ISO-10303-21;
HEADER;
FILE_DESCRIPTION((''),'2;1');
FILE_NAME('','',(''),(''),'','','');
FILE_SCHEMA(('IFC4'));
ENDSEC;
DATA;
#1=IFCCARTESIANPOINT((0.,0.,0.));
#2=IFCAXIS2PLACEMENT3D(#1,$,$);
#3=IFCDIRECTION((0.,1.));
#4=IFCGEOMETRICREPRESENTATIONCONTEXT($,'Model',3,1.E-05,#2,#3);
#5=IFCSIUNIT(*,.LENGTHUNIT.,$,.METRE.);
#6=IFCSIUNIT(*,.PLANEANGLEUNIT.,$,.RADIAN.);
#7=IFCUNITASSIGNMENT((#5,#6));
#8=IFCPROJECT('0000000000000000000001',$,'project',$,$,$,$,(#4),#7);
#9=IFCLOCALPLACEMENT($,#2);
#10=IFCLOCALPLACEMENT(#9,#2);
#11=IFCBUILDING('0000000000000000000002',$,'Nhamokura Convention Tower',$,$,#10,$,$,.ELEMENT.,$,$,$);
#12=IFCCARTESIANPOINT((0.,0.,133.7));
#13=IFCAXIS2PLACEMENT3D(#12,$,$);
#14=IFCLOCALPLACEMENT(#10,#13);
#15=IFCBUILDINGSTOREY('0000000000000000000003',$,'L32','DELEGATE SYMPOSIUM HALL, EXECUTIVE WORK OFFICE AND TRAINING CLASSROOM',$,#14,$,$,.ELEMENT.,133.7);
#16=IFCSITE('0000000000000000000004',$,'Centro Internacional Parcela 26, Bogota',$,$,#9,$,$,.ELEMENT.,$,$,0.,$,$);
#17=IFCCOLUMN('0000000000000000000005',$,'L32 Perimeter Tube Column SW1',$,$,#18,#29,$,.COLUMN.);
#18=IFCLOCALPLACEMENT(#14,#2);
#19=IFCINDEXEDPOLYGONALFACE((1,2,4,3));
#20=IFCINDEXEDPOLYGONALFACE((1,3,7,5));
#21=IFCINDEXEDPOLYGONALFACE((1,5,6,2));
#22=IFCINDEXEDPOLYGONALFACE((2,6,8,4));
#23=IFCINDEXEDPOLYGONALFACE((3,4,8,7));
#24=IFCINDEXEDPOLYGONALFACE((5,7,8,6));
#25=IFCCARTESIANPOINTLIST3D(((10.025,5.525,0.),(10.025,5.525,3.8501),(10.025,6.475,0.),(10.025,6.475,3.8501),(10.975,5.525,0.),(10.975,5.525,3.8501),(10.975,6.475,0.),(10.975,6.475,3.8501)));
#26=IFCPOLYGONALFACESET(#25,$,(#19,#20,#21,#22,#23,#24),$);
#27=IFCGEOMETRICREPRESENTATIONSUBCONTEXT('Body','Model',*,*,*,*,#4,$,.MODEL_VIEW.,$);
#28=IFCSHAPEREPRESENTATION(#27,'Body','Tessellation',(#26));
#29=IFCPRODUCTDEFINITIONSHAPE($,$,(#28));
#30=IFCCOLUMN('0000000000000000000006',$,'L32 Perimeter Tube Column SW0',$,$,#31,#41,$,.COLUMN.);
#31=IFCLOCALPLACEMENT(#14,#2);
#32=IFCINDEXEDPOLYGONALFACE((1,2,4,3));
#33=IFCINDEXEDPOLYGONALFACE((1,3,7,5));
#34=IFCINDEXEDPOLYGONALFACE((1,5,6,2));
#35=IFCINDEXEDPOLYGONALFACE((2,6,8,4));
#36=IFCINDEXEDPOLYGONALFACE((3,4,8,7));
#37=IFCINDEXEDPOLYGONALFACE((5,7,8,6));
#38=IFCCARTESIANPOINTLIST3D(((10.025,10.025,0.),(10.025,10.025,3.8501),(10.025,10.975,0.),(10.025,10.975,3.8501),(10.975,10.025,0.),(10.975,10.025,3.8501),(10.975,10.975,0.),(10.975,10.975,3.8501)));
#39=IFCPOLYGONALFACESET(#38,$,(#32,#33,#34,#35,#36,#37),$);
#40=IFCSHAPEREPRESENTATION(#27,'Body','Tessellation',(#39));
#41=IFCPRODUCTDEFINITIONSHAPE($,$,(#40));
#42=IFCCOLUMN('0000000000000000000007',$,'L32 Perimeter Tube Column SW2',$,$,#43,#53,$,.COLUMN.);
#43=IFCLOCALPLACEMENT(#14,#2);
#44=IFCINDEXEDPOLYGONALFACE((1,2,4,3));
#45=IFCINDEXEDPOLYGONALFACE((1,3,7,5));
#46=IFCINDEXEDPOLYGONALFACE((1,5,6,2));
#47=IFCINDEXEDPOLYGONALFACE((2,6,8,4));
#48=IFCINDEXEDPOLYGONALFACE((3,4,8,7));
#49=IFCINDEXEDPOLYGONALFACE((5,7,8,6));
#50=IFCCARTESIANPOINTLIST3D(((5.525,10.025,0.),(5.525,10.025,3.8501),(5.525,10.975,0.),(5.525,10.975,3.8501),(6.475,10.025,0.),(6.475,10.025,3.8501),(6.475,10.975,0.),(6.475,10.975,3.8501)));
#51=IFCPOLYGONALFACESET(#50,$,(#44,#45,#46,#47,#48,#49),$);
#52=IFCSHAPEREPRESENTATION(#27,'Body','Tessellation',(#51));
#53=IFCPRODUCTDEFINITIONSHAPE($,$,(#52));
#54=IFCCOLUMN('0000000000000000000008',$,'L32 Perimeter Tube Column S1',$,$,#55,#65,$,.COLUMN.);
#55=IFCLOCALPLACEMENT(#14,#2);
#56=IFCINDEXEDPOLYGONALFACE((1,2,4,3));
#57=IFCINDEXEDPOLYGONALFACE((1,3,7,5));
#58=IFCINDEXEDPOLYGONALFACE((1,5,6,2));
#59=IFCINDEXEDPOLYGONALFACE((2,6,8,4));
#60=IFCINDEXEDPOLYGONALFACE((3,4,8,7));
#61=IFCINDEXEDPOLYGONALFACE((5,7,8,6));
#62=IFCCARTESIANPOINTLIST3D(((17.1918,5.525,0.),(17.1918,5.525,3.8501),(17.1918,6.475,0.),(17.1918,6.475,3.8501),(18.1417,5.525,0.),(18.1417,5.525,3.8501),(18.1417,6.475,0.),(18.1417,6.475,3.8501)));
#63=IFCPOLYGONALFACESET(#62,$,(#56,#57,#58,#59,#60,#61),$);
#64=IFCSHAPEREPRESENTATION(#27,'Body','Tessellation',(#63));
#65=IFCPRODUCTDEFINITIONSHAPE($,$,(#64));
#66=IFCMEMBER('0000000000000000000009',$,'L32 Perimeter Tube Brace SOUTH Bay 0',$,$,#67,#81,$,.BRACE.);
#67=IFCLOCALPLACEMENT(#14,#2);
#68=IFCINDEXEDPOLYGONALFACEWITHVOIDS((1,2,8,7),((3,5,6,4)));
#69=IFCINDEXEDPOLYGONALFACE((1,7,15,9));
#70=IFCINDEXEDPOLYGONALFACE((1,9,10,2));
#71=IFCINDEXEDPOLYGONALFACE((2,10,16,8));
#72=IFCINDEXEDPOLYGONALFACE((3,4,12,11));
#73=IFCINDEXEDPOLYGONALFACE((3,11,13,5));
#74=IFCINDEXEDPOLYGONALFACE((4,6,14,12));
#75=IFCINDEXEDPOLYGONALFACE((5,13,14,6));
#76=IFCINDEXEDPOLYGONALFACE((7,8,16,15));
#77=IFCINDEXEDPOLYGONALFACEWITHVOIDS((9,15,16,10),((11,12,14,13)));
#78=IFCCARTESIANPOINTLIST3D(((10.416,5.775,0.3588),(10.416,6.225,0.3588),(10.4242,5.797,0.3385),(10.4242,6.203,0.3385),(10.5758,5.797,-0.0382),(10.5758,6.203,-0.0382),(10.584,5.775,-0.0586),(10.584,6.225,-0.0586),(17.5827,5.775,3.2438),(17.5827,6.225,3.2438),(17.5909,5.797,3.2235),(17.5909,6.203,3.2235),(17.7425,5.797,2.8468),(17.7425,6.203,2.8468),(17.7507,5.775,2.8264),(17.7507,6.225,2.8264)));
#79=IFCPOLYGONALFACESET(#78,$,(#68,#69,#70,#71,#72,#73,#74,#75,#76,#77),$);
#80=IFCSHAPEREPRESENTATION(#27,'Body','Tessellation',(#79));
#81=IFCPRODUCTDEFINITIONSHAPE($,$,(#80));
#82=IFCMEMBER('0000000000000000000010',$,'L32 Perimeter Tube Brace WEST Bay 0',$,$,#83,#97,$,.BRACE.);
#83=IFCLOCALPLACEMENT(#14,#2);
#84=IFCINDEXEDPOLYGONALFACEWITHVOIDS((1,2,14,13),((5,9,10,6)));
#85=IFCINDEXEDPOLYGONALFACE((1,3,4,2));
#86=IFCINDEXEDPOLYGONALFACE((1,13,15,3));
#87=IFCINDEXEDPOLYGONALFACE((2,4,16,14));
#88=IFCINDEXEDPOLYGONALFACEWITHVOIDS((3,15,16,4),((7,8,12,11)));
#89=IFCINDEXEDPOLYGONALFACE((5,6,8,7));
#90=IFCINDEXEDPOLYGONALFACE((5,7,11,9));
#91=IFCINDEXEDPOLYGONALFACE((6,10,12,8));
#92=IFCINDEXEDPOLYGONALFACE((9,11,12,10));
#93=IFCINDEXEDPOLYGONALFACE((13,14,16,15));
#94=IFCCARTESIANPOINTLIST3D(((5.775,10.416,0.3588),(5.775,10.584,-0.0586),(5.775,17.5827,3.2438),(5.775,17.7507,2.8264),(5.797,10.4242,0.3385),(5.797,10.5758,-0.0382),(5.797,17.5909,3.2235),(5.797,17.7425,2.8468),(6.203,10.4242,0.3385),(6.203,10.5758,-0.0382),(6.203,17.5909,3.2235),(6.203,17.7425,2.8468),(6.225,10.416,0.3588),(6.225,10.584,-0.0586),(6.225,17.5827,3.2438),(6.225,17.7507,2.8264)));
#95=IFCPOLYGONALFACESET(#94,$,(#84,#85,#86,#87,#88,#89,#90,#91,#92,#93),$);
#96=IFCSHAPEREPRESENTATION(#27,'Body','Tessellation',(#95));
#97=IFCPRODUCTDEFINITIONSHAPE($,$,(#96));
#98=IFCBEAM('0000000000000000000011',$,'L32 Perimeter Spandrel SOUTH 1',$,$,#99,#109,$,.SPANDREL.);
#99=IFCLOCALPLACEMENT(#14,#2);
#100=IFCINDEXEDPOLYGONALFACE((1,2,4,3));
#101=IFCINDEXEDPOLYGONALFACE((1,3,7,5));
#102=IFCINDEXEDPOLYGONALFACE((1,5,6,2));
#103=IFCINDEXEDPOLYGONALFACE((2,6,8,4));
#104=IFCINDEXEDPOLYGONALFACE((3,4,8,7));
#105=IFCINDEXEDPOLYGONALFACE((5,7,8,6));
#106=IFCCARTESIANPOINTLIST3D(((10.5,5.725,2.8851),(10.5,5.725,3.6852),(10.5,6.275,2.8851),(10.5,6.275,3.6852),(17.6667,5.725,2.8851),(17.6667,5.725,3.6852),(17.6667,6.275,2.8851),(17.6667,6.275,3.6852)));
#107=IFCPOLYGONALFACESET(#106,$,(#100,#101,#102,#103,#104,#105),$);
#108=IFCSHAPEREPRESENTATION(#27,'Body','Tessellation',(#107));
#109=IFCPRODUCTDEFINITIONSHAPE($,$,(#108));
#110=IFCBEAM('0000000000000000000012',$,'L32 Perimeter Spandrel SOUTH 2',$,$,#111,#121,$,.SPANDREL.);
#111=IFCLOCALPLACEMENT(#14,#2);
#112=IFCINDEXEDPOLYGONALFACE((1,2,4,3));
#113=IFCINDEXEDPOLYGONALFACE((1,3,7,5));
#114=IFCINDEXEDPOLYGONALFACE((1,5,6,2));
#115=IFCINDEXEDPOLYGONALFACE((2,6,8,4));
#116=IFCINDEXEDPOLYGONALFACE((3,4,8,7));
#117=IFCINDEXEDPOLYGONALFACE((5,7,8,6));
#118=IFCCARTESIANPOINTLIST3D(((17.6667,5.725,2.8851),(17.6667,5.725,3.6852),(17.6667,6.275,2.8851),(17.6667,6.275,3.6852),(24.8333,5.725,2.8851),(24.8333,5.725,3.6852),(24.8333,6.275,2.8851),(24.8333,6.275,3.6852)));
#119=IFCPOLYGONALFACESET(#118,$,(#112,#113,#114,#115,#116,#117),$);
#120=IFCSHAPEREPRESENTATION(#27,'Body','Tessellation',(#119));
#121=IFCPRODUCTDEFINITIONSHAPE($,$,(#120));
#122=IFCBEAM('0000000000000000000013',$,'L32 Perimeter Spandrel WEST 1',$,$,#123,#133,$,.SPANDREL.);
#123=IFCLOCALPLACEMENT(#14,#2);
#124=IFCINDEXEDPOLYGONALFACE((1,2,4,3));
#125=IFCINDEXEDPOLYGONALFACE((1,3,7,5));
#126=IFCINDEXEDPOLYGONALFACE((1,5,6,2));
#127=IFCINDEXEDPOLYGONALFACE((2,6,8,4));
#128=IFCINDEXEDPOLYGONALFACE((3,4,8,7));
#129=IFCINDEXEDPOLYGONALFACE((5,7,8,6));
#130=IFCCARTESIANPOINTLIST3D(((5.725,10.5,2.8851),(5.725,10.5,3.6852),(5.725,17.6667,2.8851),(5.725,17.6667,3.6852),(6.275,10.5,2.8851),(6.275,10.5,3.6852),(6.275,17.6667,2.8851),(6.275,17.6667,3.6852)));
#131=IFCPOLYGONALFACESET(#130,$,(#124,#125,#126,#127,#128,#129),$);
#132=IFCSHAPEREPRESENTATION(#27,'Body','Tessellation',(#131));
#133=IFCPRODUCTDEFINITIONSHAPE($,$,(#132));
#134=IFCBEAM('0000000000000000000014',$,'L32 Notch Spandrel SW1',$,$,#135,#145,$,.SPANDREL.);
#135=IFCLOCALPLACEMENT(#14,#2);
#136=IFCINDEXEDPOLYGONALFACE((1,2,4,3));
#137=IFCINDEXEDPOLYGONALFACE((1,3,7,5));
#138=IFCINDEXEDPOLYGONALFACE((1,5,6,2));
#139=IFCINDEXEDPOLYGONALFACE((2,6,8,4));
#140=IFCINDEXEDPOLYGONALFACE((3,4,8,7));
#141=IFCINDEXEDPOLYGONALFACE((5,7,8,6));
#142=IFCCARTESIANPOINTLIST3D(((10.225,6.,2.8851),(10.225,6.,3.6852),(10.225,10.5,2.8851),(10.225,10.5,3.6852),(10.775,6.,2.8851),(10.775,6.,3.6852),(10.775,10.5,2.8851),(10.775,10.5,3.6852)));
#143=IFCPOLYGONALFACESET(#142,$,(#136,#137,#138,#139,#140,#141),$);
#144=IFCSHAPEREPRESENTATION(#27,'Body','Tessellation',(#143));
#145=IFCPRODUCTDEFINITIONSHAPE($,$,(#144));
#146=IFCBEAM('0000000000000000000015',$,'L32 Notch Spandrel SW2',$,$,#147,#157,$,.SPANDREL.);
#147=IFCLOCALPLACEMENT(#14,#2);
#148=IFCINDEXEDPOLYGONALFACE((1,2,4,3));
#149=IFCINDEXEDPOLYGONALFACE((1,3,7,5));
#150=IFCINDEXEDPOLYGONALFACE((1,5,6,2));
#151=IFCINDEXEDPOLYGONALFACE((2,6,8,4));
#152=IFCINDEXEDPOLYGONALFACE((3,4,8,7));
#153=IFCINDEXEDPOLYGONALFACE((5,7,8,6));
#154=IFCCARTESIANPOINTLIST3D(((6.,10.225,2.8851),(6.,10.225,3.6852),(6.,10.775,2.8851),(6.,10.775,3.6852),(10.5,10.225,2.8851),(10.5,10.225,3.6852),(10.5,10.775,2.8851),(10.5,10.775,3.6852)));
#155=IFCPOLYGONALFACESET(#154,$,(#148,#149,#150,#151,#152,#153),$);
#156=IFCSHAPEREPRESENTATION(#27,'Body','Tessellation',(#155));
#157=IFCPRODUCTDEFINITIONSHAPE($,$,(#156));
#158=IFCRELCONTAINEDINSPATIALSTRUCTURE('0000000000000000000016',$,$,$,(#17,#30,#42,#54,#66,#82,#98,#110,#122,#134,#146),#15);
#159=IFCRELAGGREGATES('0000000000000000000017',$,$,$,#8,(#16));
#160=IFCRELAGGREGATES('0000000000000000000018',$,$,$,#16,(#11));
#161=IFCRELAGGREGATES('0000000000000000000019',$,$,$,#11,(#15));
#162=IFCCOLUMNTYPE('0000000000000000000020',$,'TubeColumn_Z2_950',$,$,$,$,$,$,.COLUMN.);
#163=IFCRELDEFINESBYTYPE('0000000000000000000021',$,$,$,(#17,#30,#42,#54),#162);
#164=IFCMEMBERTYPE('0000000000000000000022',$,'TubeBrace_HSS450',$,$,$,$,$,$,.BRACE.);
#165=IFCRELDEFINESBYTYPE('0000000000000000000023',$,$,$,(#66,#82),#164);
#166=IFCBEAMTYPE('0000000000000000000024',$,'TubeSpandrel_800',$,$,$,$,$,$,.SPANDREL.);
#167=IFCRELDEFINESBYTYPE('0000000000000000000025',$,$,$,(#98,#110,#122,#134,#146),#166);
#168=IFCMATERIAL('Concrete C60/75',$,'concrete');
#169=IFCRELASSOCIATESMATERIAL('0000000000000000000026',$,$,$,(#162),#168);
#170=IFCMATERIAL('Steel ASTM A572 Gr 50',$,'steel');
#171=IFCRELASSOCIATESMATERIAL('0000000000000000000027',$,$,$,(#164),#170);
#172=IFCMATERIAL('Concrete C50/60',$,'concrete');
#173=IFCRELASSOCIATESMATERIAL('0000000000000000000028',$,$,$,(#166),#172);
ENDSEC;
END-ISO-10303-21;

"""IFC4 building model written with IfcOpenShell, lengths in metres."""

from ifc_helpers import new_model, si_unit, direction, frame, origin, origin_2d, place, context, subcontext, project, spatial, rectangle, hollow_rectangle, extrude, material, material_profile, profile_set, type_object, element, save


model = new_model("IFC4")

# Units and contexts
model_context = context("Model", 3, precision=1e-05, world=origin(), true_north=direction((0.0, 1.0)))
body_context = subcontext(model_context, "Body", "Model", "MODEL_VIEW")
ifc_project = project(units=[si_unit("LENGTHUNIT", "METRE"), si_unit("PLANEANGLEUNIT", "RADIAN")], contexts=[model_context])

# Site, building, storey
site_placement = place(None, origin())
site = spatial("IfcSite", under=ifc_project, at=site_placement, Name="Centro Internacional Parcela 26, Bogota", CompositionType="ELEMENT", RefElevation=0.0)
building_placement = place(site_placement, origin())
building = spatial("IfcBuilding", under=site, at=building_placement, Name="Nhamokura Convention Tower", CompositionType="ELEMENT")
storey_placement = place(building_placement, frame((0.0, 0.0, 133.7)))
storey = spatial("IfcBuildingStorey", under=building, at=storey_placement, Name="L32", Description="DELEGATE SYMPOSIUM HALL, EXECUTIVE WORK OFFICE AND TRAINING CLASSROOM", CompositionType="ELEMENT", Elevation=133.7)

# Columns
ifc_material_1 = material(Name="Concrete C60/75", Category="concrete")
ifc_material_profile_1 = material_profile(ifc_material_1, rectangle(XDim=0.95, YDim=0.95, at=origin_2d()))
ifc_profile_set_1 = profile_set([ifc_material_profile_1], Name="Concrete C60/75")
column_type = type_object("IfcColumnType", Name="TubeColumn_Z2_950", PredefinedType="COLUMN", material=ifc_profile_set_1)
for number, where, z_axis, x_axis, name in (
    (1, (10.5, 6.0, 0.0), (0.0, 0.0, 1.0), (1.0, 0.0, 0.0), "L32 Perimeter Tube Column SW1"),
    (2, (10.5, 10.5, 0.0), (0.0, 0.0, 1.0), (1.0, 0.0, 0.0), "L32 Perimeter Tube Column SW0"),
    (3, (6.0, 10.5, 0.0), (0.0, 0.0, 1.0), (1.0, 0.0, 0.0), "L32 Perimeter Tube Column SW2"),
    (4, (17.6667, 6.0, 0.0), (0.0, 0.0, 1.0), (1.0, 0.0, 0.0), "L32 Perimeter Tube Column S1"),
):
    element("IfcColumn", number, at=place(storey_placement, frame(where, z_axis=z_axis, x_axis=x_axis)), inside=storey, type_object=column_type, Name=name, PredefinedType="COLUMN", context=body_context, shape_type="SweptSolid", body=[
        extrude(rectangle(XDim=0.95, YDim=0.95, at=origin_2d()), origin(), (0.0, 0.0, 1.0), 3.8501),
    ])

# Members
ifc_material_2 = material(Name="Steel ASTM A572 Gr 50", Category="steel")
ifc_material_profile_2 = material_profile(ifc_material_2, hollow_rectangle(XDim=0.45, YDim=0.45, WallThickness=0.022, at=origin_2d()))
ifc_profile_set_2 = profile_set([ifc_material_profile_2], Name="Steel ASTM A572 Gr 50")
member_type = type_object("IfcMemberType", Name="TubeBrace_HSS450", PredefinedType="BRACE", material=ifc_profile_set_2)
for number, where, z_axis, x_axis, name in (
    (5, (10.5, 6.0, 0.1501), (0.927657, 0.0, 0.373433), (0.0, 1.0, 0.0), "L32 Perimeter Tube Brace SOUTH Bay 0"),
    (6, (6.0, 10.5, 0.1501), (0.0, 0.927657, 0.373433), (-1.0, 0.0, 0.0), "L32 Perimeter Tube Brace WEST Bay 0"),
):
    element("IfcMember", number, at=place(storey_placement, frame(where, z_axis=z_axis, x_axis=x_axis)), inside=storey, type_object=member_type, Name=name, PredefinedType="BRACE", context=body_context, shape_type="SweptSolid", body=[
        extrude(hollow_rectangle(XDim=0.45, YDim=0.45, WallThickness=0.022, at=origin_2d()), origin(), (0.0, 0.0, 1.0), 7.7256),
    ])

# Beams
ifc_material_3 = material(Name="Concrete C50/60", Category="concrete")
ifc_material_profile_3 = material_profile(ifc_material_3, rectangle(XDim=0.55, YDim=0.8, at=origin_2d()))
ifc_profile_set_3 = profile_set([ifc_material_profile_3], Name="Concrete C50/60")
beam_type = type_object("IfcBeamType", Name="TubeSpandrel_800", PredefinedType="SPANDREL", material=ifc_profile_set_3)
beam_1_placement = place(storey_placement, frame((10.5, 6.0, 3.2852), z_axis=(1.0, 0.0, 0.0), x_axis=(0.0, 1.0, 0.0)))
element("IfcBeam", 7, at=beam_1_placement, inside=storey, type_object=beam_type, Name="L32 Perimeter Spandrel SOUTH 1", PredefinedType="SPANDREL", context=body_context, shape_type="SweptSolid", body=[
    extrude(rectangle(XDim=0.55, YDim=0.8, at=origin_2d()), origin(), (0.0, 0.0, 1.0), 7.1667),
])
beam_2_placement = place(storey_placement, frame((17.6667, 6.0, 3.2852), z_axis=(1.0, 0.0, 0.0), x_axis=(0.0, 1.0, 0.0)))
element("IfcBeam", 8, at=beam_2_placement, inside=storey, type_object=beam_type, Name="L32 Perimeter Spandrel SOUTH 2", PredefinedType="SPANDREL", context=body_context, shape_type="SweptSolid", body=[
    extrude(rectangle(XDim=0.55, YDim=0.8, at=origin_2d()), origin(), (0.0, 0.0, 1.0), 7.1665),
])
beam_3_placement = place(storey_placement, frame((6.0, 10.5, 3.2852), z_axis=(0.0, 1.0, 0.0), x_axis=(-1.0, 0.0, 0.0)))
element("IfcBeam", 9, at=beam_3_placement, inside=storey, type_object=beam_type, Name="L32 Perimeter Spandrel WEST 1", PredefinedType="SPANDREL", context=body_context, shape_type="SweptSolid", body=[
    extrude(rectangle(XDim=0.55, YDim=0.8, at=origin_2d()), origin(), (0.0, 0.0, 1.0), 7.1667),
])
for number, where, z_axis, x_axis, name in (
    (10, (10.5, 6.0, 3.2852), (0.0, 1.0, 0.0), (-1.0, 0.0, 0.0), "L32 Notch Spandrel SW1"),
    (11, (10.5, 10.5, 3.2852), (-1.0, 0.0, 0.0), (0.0, -1.0, 0.0), "L32 Notch Spandrel SW2"),
):
    element("IfcBeam", number, at=place(storey_placement, frame(where, z_axis=z_axis, x_axis=x_axis)), inside=storey, type_object=beam_type, Name=name, PredefinedType="SPANDREL", context=body_context, shape_type="SweptSolid", body=[
        extrude(rectangle(XDim=0.55, YDim=0.8, at=origin_2d()), origin(), (0.0, 0.0, 1.0), 4.5),
    ])

save(model, "model.ifc")
